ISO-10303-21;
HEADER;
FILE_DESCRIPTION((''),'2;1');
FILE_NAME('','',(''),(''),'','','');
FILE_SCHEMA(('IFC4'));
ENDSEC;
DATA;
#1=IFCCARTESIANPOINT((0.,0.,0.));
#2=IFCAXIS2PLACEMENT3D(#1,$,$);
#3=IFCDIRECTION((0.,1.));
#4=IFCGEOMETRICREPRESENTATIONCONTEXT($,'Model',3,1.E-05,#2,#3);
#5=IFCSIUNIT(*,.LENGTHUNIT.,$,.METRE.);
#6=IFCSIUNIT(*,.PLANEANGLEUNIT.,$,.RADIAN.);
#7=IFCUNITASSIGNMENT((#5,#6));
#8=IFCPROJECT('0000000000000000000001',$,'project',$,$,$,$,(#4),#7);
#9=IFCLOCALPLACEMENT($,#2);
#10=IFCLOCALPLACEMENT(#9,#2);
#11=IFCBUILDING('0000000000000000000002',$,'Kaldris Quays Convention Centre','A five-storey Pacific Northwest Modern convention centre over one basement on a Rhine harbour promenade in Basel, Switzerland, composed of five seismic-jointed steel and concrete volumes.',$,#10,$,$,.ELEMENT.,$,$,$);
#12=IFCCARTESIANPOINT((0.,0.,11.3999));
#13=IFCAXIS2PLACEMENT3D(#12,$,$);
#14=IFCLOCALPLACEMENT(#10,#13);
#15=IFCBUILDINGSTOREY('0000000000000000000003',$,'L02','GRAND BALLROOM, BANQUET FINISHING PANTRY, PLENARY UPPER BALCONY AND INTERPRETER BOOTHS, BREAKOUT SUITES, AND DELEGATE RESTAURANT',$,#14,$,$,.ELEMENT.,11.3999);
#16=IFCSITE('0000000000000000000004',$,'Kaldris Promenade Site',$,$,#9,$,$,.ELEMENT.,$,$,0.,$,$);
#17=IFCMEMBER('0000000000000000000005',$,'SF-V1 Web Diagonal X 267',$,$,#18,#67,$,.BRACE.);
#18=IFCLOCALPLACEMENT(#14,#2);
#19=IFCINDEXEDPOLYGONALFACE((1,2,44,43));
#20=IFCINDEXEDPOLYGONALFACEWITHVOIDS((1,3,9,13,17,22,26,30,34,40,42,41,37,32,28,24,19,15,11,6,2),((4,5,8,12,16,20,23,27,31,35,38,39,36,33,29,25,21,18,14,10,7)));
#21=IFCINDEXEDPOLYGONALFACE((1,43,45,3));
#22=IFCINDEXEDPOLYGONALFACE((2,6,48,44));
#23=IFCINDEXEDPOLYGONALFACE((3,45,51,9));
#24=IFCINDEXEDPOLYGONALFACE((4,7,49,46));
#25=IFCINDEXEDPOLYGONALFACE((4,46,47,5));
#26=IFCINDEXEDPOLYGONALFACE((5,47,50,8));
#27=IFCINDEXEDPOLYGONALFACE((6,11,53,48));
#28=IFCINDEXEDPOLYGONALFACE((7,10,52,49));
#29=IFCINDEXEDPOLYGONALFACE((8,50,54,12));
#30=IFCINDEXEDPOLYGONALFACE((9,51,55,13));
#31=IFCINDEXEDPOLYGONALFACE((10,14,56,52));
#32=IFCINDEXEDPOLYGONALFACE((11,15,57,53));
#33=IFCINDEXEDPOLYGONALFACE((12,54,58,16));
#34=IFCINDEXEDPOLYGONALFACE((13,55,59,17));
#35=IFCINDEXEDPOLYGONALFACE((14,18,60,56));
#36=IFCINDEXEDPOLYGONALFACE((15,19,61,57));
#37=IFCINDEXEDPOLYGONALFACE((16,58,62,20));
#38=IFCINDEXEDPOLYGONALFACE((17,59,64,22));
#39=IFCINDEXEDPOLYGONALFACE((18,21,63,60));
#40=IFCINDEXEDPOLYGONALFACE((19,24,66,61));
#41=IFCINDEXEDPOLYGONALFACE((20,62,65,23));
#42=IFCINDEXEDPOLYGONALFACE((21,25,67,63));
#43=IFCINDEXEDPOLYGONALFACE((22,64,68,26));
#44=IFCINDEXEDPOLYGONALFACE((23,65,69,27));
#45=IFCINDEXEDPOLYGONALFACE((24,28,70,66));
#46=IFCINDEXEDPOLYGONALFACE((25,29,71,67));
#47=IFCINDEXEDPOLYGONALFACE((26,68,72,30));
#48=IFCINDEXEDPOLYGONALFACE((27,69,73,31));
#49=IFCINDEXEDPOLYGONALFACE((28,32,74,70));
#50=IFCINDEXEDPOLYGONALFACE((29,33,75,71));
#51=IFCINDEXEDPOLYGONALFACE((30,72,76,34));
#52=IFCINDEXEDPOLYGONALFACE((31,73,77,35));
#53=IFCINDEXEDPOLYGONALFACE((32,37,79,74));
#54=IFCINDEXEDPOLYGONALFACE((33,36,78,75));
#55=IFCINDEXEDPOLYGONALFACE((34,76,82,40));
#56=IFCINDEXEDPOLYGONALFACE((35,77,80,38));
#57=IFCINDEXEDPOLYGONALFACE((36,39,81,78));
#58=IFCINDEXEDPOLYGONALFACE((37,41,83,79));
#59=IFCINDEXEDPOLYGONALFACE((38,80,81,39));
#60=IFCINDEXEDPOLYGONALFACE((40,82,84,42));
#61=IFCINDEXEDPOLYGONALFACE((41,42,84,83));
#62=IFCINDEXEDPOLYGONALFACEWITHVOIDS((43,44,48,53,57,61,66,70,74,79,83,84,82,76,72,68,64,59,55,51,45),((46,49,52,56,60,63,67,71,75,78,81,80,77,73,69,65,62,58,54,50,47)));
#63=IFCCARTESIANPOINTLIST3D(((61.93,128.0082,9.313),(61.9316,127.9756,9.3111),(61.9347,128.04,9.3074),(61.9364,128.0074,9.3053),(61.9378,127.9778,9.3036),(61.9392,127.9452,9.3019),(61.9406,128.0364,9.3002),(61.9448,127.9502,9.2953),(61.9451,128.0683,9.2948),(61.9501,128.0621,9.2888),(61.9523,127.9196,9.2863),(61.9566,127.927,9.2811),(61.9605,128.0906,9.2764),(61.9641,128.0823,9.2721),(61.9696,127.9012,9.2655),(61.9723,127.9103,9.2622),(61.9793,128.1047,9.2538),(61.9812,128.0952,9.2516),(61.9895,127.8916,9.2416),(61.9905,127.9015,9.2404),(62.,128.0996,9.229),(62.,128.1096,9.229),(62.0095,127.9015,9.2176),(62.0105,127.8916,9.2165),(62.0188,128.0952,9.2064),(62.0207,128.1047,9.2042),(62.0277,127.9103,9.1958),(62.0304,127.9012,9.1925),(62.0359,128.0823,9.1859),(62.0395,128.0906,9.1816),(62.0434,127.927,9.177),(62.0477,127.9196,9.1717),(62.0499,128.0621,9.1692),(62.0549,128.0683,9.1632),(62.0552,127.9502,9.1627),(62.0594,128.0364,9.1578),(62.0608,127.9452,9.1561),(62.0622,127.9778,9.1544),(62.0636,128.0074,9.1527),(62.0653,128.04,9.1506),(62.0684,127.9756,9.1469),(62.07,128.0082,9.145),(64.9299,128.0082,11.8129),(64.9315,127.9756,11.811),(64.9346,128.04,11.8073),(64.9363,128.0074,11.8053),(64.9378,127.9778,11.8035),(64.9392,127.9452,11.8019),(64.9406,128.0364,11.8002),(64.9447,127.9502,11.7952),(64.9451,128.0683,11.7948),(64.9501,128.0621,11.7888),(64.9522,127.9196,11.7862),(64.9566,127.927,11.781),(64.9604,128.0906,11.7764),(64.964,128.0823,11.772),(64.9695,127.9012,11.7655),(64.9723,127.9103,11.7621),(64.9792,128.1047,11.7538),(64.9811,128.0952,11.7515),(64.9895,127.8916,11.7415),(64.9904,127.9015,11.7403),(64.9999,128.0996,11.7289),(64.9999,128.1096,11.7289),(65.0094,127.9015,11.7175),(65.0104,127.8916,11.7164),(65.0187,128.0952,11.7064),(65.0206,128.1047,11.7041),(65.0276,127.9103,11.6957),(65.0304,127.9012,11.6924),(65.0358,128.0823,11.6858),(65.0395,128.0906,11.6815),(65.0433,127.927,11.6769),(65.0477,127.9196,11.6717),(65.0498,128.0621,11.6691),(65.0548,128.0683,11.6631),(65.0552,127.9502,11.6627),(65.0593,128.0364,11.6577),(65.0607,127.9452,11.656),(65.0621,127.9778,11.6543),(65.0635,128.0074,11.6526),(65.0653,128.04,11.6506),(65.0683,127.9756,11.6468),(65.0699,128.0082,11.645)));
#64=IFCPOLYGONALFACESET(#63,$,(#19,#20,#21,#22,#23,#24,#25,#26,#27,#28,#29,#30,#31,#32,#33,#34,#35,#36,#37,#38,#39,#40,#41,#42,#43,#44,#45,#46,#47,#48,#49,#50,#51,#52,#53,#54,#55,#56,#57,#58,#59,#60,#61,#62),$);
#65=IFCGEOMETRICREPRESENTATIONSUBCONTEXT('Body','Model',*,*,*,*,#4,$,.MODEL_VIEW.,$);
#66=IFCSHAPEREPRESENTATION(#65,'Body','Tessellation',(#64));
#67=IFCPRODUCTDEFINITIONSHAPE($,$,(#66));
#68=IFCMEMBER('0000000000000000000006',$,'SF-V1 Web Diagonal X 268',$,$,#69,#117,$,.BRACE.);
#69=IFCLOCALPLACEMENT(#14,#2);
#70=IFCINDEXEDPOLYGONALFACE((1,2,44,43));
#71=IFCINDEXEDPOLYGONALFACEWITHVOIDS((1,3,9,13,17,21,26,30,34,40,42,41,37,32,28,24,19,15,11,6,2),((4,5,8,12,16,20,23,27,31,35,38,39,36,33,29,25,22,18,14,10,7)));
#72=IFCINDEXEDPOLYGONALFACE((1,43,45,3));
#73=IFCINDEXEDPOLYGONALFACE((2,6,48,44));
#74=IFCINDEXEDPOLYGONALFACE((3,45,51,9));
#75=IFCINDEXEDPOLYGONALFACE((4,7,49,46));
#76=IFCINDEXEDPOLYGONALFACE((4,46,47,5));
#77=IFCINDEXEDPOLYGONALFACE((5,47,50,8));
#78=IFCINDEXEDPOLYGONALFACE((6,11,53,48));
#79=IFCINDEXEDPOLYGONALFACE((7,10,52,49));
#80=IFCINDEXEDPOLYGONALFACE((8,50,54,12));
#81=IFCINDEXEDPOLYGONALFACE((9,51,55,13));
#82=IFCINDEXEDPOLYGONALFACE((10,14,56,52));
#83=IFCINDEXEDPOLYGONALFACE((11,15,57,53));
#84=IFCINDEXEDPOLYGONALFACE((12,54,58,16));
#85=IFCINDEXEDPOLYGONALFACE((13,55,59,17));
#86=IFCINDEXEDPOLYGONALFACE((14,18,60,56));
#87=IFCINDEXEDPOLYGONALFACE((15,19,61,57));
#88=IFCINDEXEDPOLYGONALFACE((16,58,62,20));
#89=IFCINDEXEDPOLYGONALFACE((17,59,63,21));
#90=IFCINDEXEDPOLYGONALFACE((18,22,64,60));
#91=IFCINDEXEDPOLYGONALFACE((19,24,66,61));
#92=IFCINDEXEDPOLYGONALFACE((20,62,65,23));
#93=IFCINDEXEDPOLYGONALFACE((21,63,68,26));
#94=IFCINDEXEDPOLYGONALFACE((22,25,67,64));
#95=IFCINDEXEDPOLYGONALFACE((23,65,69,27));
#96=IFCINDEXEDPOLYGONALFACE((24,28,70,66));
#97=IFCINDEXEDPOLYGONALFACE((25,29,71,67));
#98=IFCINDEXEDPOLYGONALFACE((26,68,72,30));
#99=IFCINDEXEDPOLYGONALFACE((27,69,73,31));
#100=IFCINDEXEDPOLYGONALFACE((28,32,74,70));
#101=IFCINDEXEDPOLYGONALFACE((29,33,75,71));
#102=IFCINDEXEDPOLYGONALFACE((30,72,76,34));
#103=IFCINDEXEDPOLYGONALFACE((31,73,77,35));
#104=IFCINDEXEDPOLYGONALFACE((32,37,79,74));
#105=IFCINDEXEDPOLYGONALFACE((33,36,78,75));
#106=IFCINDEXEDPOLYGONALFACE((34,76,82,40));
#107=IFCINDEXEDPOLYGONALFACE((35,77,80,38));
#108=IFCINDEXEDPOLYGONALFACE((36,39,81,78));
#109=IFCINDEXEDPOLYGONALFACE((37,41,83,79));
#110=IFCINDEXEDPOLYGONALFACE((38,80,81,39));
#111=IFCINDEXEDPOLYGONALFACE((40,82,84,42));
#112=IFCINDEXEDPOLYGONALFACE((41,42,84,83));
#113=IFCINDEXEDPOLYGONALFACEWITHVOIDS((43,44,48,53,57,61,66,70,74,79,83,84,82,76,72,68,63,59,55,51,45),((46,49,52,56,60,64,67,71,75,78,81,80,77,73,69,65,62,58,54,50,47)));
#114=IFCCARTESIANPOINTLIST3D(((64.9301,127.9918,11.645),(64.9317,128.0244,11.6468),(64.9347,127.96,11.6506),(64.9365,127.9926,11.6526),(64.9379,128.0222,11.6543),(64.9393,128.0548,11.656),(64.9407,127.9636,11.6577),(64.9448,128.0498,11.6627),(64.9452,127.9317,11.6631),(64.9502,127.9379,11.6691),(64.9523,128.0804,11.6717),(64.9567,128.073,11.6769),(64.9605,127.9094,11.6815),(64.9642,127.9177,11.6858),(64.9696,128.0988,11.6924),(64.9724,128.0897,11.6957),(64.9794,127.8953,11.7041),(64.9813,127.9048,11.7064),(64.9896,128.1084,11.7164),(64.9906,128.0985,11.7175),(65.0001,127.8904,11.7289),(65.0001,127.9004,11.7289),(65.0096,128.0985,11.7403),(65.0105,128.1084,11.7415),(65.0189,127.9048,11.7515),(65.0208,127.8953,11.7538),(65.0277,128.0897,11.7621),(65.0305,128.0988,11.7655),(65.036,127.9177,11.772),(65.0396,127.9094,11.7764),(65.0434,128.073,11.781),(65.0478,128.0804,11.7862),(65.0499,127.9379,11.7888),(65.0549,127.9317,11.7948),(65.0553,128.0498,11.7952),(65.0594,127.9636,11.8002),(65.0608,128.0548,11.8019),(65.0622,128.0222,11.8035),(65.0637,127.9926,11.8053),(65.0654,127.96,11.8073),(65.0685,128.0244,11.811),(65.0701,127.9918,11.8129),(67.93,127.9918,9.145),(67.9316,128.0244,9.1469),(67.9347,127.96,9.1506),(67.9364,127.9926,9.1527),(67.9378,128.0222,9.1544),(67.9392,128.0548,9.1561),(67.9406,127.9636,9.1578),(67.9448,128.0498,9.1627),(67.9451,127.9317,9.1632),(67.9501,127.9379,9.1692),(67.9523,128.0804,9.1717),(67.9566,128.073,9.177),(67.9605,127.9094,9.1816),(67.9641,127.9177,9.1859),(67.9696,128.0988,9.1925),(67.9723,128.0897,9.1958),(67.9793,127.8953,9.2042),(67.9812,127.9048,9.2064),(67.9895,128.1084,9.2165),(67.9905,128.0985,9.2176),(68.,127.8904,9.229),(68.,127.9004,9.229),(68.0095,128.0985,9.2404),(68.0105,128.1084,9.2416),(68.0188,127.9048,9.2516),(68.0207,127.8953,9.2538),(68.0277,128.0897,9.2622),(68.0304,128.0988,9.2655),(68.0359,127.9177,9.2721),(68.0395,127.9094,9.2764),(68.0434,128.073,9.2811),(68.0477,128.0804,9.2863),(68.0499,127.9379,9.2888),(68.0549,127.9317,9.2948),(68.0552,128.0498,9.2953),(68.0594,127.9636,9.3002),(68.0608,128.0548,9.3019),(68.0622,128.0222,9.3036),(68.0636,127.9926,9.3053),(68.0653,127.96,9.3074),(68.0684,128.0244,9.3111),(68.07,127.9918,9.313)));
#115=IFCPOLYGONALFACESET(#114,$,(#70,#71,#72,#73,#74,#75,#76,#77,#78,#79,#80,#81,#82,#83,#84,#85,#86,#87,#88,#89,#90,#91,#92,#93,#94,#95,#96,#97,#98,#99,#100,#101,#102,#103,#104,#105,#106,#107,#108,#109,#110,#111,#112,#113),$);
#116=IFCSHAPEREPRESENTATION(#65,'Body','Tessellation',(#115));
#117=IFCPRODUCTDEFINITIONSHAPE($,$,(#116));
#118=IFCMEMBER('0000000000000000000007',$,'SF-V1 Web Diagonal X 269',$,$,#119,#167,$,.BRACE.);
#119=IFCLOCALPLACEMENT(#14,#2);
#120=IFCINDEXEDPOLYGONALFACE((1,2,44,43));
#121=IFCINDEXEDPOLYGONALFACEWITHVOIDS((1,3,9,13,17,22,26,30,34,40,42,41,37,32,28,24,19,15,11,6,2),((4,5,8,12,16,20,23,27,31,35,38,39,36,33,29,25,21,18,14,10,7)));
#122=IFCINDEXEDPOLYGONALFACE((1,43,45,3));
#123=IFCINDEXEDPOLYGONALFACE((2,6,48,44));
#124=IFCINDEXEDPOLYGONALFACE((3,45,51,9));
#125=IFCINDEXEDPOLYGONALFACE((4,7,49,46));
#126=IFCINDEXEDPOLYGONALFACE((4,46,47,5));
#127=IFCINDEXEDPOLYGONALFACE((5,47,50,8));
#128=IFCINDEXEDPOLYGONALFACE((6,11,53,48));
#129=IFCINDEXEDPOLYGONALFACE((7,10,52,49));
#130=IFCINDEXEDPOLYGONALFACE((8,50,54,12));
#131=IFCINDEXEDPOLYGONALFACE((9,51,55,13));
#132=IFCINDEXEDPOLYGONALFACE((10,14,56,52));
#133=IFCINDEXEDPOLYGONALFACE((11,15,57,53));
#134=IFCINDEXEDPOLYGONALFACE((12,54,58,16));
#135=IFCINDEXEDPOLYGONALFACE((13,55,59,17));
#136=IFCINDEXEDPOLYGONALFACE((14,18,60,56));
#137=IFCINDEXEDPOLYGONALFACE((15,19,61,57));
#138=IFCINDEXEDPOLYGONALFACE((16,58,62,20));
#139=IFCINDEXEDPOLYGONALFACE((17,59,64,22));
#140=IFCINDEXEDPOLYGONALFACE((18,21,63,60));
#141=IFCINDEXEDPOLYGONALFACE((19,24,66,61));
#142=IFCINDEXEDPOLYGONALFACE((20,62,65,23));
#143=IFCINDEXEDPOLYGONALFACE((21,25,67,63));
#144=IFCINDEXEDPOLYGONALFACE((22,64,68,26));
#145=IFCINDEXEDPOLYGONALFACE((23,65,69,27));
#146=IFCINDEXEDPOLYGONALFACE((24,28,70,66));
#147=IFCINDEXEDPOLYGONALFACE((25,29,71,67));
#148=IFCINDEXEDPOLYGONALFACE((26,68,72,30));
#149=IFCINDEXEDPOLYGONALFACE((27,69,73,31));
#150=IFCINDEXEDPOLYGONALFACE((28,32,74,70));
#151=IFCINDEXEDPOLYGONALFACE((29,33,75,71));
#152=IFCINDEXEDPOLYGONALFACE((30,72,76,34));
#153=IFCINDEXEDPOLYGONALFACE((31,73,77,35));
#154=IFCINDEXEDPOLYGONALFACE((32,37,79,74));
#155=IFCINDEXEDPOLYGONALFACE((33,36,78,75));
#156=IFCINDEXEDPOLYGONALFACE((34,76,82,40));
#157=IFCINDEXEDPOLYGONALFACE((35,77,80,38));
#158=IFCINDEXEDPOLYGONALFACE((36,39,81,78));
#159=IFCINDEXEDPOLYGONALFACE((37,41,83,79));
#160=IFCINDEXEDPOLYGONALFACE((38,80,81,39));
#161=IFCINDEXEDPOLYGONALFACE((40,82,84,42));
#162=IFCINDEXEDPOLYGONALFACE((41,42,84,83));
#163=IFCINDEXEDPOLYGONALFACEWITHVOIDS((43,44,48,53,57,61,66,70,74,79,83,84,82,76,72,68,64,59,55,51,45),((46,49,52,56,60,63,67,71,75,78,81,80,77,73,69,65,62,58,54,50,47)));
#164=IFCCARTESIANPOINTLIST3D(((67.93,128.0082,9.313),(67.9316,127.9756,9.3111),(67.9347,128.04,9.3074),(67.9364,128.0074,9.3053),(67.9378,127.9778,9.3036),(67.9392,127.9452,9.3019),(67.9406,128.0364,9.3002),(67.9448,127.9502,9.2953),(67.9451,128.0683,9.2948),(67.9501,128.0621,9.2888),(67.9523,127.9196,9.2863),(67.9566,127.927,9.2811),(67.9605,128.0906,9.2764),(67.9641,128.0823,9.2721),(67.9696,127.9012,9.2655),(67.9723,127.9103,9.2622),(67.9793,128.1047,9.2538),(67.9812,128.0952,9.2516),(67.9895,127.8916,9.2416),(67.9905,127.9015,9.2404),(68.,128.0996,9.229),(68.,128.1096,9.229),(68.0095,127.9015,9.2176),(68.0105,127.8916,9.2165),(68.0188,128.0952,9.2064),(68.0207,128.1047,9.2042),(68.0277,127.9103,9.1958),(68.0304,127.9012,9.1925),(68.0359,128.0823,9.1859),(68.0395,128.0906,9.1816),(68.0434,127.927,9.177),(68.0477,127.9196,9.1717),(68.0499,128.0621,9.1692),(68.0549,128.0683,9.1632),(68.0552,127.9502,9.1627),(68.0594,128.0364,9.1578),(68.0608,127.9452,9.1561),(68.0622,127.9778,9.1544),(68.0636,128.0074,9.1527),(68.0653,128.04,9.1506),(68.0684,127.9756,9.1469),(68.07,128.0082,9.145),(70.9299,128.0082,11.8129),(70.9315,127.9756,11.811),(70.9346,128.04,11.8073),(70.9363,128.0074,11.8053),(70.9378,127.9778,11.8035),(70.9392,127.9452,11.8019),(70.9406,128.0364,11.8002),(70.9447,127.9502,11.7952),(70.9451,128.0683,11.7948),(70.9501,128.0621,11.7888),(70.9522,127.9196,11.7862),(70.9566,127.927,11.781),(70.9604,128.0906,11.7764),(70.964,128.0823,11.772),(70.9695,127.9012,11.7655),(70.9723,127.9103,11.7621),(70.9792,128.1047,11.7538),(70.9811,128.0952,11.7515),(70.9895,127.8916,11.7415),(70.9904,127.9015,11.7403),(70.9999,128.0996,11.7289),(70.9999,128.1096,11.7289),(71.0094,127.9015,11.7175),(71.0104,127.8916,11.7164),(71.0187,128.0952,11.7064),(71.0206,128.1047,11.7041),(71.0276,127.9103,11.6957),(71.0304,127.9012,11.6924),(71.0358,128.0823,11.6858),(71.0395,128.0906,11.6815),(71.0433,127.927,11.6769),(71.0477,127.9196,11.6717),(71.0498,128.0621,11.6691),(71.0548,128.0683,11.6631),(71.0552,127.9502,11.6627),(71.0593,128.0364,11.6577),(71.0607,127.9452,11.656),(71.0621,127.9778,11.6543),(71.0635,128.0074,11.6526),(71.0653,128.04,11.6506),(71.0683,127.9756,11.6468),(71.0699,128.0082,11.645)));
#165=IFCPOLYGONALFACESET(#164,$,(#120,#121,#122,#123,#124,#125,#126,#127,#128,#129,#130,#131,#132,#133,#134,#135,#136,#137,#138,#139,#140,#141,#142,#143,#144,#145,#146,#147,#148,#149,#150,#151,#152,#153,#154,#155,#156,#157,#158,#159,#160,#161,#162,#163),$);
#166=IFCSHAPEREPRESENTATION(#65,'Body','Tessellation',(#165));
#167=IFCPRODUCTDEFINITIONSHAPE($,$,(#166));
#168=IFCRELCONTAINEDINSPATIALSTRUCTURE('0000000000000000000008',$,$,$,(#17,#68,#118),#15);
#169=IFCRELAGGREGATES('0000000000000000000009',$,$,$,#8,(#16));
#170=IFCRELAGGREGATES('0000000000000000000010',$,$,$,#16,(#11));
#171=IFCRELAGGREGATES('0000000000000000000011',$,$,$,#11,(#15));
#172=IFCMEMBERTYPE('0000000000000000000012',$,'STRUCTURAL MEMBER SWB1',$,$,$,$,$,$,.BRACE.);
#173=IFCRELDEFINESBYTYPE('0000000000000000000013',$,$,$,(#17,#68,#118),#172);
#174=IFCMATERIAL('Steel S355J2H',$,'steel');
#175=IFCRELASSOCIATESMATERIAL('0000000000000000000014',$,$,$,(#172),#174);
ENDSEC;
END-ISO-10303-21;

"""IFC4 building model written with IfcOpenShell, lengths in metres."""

from ifc_helpers import new_model, si_unit, direction, frame, origin, origin_2d, place, context, subcontext, project, spatial, hollow_circle, extrude, material, material_profile, profile_set, type_object, element, save


model = new_model("IFC4")

# Units and contexts
model_context = context("Model", 3, precision=1e-05, world=origin(), true_north=direction((0.0, 1.0)))
body_context = subcontext(model_context, "Body", "Model", "MODEL_VIEW")
ifc_project = project(units=[si_unit("LENGTHUNIT", "METRE"), si_unit("PLANEANGLEUNIT", "RADIAN")], contexts=[model_context])

# Site, building, storey
site_placement = place(None, origin())
site = spatial("IfcSite", under=ifc_project, at=site_placement, Name="Kaldris Promenade Site", CompositionType="ELEMENT", RefElevation=0.0)
building_placement = place(site_placement, origin())
building = spatial("IfcBuilding", under=site, at=building_placement, Name="Kaldris Quays Convention Centre", Description="A five-storey Pacific Northwest Modern convention centre over one basement on a Rhine harbour promenade in Basel, Switzerland, composed of five seismic-jointed steel and concrete volumes.", CompositionType="ELEMENT")
storey_placement = place(building_placement, frame((0.0, 0.0, 11.3999)))
storey = spatial("IfcBuildingStorey", under=building, at=storey_placement, Name="L02", Description="GRAND BALLROOM, BANQUET FINISHING PANTRY, PLENARY UPPER BALCONY AND INTERPRETER BOOTHS, BREAKOUT SUITES, AND DELEGATE RESTAURANT", CompositionType="ELEMENT", Elevation=11.3999)

# Members
ifc_material_1 = material(Name="Steel S355J2H", Category="steel")
ifc_material_profile_1 = material_profile(ifc_material_1, hollow_circle(Radius=0.1096, WallThickness=0.01, at=origin_2d()), Name="CHS 219.1x10")
ifc_profile_set_1 = profile_set([ifc_material_profile_1], Name="Steel S355J2H")
member_type_1 = type_object("IfcMemberType", Name="STRUCTURAL MEMBER SWB1", PredefinedType="BRACE", material=ifc_profile_set_1)
for number, where, z_axis, x_axis, name in (
    (1, (62.0, 128.0, 9.229), (0.768221, 0.0, 0.640184), (0.0, 1.0, 0.0), "SF-V1 Web Diagonal X 267"),
    (2, (68.0, 128.0, 9.229), (-0.768221, 0.0, 0.640184), (0.0, -1.0, 0.0), "SF-V1 Web Diagonal X 268"),
    (3, (68.0, 128.0, 9.229), (0.768221, 0.0, 0.640184), (0.0, 1.0, 0.0), "SF-V1 Web Diagonal X 269"),
):
    element("IfcMember", number, at=place(storey_placement, frame(where, z_axis=z_axis, x_axis=x_axis)), inside=storey, type_object=member_type_1, Name=name, PredefinedType="BRACE", context=body_context, shape_type="SweptSolid", body=[
        extrude(hollow_circle(Radius=0.1096, WallThickness=0.01, at=origin_2d()), origin(), (0.0, 0.0, 1.0), 3.905),
    ])

save(model, "model.ifc")
